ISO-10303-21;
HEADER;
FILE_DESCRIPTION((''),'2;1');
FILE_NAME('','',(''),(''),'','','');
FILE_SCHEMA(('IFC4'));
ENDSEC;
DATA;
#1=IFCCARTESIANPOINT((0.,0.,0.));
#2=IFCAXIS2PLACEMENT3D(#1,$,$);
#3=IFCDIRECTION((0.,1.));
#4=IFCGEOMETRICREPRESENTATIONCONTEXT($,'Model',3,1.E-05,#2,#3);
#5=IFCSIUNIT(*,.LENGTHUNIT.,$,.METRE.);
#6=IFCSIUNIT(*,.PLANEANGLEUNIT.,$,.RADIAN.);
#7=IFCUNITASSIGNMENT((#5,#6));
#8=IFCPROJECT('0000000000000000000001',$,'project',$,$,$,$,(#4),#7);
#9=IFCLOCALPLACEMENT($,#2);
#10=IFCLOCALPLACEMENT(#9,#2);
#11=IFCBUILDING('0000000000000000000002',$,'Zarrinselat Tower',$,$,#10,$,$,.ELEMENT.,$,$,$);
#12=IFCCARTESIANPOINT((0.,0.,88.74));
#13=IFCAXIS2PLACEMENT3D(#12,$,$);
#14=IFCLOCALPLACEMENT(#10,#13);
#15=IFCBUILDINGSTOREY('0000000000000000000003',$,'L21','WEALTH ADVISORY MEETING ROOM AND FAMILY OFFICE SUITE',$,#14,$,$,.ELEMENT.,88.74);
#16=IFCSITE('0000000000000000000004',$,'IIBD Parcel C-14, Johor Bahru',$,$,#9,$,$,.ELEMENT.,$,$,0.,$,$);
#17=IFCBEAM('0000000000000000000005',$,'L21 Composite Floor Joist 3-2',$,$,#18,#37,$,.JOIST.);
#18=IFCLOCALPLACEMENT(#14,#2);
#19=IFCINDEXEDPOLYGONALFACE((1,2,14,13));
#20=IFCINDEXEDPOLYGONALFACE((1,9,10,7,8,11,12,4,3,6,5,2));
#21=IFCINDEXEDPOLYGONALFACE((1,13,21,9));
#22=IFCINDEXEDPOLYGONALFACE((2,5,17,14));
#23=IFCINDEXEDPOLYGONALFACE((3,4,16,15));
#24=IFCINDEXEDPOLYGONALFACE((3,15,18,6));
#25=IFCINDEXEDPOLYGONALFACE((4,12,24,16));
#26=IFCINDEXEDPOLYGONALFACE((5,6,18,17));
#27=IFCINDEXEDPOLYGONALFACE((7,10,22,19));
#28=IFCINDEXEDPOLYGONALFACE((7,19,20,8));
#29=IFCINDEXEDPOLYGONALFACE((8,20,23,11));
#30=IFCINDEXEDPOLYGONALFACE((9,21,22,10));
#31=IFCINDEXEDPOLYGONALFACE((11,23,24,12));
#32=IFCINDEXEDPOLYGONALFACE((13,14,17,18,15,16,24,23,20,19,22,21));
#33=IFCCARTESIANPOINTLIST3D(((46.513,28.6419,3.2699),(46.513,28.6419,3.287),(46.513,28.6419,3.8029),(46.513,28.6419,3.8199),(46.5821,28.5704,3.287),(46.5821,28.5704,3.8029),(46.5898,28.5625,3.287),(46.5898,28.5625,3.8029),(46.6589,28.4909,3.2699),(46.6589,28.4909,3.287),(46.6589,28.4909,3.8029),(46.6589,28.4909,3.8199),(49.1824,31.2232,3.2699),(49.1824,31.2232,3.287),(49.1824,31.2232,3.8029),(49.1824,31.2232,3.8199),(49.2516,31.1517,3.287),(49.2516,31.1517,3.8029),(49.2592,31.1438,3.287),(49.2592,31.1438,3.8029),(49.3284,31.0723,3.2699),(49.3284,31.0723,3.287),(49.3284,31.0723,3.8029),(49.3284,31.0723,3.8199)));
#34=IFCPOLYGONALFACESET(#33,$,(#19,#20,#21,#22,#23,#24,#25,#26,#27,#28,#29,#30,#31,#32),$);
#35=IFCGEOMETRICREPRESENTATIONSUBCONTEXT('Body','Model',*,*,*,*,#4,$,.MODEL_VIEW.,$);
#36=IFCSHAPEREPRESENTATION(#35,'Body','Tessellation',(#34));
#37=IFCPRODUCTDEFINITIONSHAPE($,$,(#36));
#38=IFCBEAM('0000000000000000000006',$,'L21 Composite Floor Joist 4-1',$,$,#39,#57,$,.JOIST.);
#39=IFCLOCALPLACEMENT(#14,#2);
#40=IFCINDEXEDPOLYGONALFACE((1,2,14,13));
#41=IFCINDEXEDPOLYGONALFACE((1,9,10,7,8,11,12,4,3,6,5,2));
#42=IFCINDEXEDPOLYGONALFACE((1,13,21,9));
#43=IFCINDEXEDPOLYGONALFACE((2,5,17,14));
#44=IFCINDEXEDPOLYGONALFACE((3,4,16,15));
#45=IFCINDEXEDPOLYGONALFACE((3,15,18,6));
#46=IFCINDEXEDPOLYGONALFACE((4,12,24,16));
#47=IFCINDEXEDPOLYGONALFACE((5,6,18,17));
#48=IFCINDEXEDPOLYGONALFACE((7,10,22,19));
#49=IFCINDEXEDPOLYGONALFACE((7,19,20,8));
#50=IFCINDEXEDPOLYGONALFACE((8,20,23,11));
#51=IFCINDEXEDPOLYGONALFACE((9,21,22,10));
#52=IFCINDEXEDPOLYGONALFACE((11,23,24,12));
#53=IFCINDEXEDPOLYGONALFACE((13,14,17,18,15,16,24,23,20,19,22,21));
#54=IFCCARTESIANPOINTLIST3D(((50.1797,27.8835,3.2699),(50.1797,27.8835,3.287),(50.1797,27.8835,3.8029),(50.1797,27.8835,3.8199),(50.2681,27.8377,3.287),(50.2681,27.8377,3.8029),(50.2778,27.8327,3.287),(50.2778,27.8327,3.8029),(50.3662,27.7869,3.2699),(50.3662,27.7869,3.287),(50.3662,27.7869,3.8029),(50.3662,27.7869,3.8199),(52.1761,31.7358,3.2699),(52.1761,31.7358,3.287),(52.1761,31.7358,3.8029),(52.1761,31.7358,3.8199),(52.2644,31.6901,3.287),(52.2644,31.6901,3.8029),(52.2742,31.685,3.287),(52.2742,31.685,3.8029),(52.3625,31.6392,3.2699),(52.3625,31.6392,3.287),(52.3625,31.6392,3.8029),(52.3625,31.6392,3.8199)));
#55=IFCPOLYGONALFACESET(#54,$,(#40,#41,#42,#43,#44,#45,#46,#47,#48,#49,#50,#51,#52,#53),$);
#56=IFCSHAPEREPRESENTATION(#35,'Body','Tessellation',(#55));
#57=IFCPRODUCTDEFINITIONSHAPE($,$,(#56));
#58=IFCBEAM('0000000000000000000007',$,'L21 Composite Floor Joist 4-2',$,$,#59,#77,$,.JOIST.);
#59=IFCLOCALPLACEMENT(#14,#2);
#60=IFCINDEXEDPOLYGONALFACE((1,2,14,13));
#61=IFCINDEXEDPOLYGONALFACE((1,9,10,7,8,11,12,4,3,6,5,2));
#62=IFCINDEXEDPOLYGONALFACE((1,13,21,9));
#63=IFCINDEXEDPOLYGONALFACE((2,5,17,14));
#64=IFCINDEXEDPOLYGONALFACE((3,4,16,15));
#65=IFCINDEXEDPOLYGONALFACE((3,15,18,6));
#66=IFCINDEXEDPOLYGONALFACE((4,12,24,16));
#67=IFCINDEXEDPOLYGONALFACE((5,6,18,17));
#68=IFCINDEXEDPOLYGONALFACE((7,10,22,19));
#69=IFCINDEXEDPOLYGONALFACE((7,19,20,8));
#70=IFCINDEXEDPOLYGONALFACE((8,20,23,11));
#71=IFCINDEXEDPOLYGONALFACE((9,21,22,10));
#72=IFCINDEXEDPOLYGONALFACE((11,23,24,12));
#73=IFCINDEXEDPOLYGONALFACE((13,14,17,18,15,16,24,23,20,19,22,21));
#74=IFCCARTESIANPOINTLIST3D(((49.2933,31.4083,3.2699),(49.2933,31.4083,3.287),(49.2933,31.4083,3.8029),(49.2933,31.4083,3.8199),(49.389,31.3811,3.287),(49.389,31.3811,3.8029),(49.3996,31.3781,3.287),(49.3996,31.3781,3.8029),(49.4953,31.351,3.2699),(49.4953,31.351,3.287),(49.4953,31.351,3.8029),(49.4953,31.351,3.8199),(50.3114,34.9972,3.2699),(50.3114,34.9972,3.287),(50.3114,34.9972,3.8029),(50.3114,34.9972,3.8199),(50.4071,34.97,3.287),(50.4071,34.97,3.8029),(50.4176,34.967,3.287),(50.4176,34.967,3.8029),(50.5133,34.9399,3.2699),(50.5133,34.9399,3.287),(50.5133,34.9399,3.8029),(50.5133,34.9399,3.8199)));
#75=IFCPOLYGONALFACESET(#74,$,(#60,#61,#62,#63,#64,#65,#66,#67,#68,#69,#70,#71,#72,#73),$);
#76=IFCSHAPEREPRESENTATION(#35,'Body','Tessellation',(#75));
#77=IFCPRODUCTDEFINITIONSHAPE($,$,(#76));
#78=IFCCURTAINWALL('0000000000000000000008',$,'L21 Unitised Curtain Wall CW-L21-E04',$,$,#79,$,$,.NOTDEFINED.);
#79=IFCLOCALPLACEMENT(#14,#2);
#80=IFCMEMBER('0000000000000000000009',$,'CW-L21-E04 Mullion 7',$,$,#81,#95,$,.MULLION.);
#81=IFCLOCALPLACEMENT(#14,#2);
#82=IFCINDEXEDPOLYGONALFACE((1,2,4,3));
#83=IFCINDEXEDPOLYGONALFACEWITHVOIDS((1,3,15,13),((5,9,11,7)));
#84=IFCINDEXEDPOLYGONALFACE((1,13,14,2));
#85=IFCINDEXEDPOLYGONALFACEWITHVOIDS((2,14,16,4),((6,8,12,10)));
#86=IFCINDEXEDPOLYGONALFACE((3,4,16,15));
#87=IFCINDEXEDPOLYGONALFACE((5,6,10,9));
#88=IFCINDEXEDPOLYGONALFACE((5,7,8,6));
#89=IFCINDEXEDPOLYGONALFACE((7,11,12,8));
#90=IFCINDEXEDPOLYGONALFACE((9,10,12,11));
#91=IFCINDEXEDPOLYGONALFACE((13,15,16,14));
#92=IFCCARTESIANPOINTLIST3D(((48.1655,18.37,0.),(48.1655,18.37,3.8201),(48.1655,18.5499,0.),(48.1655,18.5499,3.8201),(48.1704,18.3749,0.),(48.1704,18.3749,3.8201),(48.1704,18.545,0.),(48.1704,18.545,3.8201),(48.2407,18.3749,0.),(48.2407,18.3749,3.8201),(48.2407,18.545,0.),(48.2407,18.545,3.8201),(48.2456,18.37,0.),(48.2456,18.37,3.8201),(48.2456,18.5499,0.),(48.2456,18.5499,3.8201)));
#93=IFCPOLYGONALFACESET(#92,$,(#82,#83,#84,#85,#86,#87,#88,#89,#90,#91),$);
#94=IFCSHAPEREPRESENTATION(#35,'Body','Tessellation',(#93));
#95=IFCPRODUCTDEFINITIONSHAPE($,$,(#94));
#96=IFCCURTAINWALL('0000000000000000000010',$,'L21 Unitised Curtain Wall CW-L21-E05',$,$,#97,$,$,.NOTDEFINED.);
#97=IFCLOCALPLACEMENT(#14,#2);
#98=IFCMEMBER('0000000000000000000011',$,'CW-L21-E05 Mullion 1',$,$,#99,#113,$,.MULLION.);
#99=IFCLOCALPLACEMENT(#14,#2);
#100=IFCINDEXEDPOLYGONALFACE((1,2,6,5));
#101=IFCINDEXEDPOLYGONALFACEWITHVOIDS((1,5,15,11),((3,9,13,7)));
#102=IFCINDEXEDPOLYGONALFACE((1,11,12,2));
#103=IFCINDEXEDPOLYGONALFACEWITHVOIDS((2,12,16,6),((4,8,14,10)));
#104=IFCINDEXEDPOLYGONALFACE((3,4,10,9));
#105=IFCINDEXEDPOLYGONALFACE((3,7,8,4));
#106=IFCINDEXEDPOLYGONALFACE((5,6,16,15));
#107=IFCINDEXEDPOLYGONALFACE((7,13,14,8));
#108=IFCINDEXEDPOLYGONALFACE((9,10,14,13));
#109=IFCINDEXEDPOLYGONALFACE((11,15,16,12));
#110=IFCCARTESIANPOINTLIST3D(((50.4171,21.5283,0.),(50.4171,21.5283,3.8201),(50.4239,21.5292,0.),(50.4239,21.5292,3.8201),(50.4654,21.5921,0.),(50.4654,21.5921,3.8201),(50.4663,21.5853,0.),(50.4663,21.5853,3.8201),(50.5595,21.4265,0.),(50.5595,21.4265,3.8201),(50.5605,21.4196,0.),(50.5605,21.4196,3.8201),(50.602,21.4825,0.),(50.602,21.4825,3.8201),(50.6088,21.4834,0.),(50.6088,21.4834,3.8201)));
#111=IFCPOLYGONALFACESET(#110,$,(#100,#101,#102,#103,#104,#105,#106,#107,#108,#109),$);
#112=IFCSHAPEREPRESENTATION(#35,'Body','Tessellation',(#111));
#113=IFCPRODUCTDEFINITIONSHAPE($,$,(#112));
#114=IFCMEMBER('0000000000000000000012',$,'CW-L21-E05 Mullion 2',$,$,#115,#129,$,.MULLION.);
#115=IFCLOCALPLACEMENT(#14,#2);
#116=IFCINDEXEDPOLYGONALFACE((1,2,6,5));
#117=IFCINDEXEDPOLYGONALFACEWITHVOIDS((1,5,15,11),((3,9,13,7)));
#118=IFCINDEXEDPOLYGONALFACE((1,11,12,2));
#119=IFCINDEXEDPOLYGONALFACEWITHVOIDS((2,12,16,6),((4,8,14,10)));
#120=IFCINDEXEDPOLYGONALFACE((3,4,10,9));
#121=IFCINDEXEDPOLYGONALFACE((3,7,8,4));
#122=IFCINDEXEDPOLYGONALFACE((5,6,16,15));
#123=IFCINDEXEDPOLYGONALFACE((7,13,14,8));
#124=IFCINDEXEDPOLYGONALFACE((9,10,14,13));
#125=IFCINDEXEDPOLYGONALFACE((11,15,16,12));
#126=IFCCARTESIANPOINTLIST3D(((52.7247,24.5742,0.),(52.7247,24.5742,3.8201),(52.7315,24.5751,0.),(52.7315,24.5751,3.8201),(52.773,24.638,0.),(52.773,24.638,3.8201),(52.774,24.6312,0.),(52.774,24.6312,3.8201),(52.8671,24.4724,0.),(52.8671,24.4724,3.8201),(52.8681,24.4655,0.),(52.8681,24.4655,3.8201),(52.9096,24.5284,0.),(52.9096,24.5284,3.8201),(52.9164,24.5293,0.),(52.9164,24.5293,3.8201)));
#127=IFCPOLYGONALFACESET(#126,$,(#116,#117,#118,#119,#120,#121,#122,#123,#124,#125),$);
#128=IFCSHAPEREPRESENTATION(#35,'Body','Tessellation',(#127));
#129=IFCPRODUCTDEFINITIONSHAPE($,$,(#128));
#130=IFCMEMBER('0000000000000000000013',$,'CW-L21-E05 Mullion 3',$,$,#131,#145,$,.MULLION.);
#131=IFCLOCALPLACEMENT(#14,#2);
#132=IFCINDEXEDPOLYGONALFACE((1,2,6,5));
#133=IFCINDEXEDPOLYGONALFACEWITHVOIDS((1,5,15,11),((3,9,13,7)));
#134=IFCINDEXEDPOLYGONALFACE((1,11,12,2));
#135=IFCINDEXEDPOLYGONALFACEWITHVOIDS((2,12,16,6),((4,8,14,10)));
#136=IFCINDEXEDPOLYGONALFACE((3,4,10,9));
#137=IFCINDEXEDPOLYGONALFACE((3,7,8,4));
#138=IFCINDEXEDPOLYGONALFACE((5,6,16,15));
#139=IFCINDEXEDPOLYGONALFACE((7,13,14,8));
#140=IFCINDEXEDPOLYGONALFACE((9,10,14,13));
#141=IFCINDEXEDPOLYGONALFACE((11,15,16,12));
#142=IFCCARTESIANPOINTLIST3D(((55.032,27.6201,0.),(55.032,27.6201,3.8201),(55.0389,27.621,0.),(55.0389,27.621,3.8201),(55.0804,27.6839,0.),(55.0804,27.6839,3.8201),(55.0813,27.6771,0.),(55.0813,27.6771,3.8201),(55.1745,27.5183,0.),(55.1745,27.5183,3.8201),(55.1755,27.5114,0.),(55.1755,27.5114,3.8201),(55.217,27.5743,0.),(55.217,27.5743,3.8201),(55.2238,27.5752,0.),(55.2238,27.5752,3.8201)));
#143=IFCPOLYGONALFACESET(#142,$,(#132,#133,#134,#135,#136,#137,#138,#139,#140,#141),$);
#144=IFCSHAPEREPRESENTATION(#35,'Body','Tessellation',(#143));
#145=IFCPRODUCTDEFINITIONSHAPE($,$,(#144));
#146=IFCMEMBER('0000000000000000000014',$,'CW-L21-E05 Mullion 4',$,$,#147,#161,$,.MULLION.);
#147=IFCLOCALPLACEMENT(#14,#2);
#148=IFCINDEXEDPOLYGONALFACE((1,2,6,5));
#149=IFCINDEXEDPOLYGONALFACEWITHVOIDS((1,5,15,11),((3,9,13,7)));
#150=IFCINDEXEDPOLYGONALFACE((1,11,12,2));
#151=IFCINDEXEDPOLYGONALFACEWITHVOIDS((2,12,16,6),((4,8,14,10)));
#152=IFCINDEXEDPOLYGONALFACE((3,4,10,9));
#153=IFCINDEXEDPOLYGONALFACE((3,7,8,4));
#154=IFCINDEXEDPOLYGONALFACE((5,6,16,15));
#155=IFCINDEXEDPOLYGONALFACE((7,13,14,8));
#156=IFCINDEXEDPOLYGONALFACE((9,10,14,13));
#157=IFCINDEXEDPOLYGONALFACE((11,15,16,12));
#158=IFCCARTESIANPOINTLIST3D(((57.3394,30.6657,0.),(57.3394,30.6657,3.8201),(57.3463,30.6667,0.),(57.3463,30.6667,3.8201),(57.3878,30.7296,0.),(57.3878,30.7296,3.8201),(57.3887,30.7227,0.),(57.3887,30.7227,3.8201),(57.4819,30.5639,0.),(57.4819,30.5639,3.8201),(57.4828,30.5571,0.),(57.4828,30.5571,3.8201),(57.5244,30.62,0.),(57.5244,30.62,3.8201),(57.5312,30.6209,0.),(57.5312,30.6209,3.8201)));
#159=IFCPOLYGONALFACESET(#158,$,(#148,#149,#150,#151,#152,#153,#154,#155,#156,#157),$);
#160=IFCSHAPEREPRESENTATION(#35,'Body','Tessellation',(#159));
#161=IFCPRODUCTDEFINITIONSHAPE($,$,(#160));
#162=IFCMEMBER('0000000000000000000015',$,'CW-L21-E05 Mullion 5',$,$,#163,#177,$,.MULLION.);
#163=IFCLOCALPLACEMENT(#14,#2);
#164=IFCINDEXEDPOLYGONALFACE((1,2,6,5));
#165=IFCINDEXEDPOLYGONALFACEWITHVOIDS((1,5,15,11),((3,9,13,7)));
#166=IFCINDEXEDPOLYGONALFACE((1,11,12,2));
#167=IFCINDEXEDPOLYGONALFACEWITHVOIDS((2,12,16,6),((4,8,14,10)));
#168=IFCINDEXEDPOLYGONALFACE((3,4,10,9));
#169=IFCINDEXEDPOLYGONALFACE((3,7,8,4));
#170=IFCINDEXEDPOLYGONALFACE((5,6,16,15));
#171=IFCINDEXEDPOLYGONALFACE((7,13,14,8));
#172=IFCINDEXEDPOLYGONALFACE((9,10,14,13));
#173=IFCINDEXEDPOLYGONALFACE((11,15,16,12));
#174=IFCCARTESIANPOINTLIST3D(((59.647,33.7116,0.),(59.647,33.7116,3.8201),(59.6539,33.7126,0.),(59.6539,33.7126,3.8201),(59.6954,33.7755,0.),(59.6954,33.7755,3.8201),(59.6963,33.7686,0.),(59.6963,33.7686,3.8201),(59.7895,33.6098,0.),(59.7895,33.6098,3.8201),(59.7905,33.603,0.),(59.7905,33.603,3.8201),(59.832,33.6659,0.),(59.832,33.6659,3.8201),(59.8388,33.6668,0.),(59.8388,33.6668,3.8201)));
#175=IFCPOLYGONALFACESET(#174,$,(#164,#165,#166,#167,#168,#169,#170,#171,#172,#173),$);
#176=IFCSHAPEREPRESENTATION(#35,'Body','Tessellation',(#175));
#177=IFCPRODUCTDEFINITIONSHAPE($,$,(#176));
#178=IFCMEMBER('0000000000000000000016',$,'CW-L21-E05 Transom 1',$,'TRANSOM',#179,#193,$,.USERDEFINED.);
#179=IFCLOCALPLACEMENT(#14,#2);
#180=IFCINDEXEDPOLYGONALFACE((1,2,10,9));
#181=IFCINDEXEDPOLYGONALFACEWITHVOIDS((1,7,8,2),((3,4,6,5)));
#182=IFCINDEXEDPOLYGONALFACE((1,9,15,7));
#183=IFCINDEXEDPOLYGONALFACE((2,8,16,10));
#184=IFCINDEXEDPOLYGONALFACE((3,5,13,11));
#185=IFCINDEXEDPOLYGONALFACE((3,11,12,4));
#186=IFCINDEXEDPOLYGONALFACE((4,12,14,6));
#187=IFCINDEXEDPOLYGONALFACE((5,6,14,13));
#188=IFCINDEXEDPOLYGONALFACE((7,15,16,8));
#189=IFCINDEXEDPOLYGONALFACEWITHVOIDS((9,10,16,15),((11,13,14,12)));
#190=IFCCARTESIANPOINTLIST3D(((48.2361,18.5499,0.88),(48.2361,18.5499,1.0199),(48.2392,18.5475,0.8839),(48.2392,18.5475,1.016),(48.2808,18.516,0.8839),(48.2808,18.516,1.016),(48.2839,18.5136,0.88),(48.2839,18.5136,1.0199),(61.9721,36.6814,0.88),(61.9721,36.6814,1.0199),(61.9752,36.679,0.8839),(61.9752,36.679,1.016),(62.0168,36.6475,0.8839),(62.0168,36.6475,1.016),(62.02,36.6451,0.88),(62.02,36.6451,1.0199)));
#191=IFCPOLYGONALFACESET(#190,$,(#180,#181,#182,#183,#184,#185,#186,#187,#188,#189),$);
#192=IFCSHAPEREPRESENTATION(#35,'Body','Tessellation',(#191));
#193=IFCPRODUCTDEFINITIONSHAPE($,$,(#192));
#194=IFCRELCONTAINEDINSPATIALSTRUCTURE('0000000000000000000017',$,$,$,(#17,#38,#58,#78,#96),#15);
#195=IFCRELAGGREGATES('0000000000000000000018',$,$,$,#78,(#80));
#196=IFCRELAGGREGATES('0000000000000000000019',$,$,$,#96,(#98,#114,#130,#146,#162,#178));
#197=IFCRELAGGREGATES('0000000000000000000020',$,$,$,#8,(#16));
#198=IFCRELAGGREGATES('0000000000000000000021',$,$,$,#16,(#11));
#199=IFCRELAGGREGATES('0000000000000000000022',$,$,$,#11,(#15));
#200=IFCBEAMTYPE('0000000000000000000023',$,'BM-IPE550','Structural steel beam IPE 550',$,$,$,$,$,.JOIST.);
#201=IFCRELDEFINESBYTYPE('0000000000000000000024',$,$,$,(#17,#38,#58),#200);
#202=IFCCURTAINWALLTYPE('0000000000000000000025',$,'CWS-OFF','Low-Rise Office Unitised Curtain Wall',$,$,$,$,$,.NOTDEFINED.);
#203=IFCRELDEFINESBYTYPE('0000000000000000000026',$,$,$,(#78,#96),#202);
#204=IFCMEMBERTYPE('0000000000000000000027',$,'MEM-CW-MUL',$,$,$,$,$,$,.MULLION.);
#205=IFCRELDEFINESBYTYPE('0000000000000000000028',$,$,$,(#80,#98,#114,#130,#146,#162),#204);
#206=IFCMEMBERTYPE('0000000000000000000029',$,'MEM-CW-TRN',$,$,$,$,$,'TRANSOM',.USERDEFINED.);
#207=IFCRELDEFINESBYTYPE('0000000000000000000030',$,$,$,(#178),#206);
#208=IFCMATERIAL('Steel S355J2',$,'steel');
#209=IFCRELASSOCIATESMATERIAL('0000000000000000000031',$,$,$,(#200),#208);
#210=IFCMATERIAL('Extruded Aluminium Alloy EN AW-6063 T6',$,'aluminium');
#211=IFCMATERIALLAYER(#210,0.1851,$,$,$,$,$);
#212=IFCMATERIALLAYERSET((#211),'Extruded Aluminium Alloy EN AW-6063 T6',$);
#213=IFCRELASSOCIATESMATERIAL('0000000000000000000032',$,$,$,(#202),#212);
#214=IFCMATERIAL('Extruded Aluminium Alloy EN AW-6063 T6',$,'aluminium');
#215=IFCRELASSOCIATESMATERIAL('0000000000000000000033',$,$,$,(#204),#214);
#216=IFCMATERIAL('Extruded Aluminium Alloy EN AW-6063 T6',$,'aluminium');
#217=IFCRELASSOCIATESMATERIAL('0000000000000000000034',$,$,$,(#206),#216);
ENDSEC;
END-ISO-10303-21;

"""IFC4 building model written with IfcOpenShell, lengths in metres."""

from ifc_helpers import new_model, si_unit, direction, frame, origin, origin_2d, place, context, subcontext, project, spatial, hollow_rectangle, i_section, extrude, material, layer, layer_set, material_profile, profile_set, type_object, element, aggregate, save


model = new_model("IFC4")

# Units and contexts
model_context = context("Model", 3, precision=1e-05, world=origin(), true_north=direction((0.0, 1.0)))
body_context = subcontext(model_context, "Body", "Model", "MODEL_VIEW")
ifc_project = project(units=[si_unit("LENGTHUNIT", "METRE"), si_unit("PLANEANGLEUNIT", "RADIAN")], contexts=[model_context])

# Site, building, storey
site_placement = place(None, origin())
site = spatial("IfcSite", under=ifc_project, at=site_placement, Name="IIBD Parcel C-14, Johor Bahru", CompositionType="ELEMENT", RefElevation=0.0)
building_placement = place(site_placement, origin())
building = spatial("IfcBuilding", under=site, at=building_placement, Name="Zarrinselat Tower", CompositionType="ELEMENT")
storey_placement = place(building_placement, frame((0.0, 0.0, 88.74)))
storey = spatial("IfcBuildingStorey", under=building, at=storey_placement, Name="L21", Description="WEALTH ADVISORY MEETING ROOM AND FAMILY OFFICE SUITE", CompositionType="ELEMENT", Elevation=88.74)

# Beams
ifc_material_1 = material(Name="Steel S355J2", Category="steel")
ifc_material_profile_1 = material_profile(ifc_material_1, i_section(OverallWidth=0.21, OverallDepth=0.55, WebThickness=0.011, FlangeThickness=0.0171, at=origin_2d()), Name="IPE 550")
ifc_profile_set_1 = profile_set([ifc_material_profile_1], Name="Steel S355J2")
beam_type_1 = type_object("IfcBeamType", Name="BM-IPE550", Description="Structural steel beam IPE 550", PredefinedType="JOIST", material=ifc_profile_set_1)
beam_1_placement = place(storey_placement, frame((46.5859, 28.5664, 3.5449), z_axis=(0.718874, 0.69514, 0.0), x_axis=(-0.69514, 0.718874, 0.0)))
element("IfcBeam", 1, at=beam_1_placement, inside=storey, type_object=beam_type_1, Name="L21 Composite Floor Joist 3-2", PredefinedType="JOIST", context=body_context, shape_type="SweptSolid", body=[
    extrude(i_section(OverallWidth=0.21, OverallDepth=0.55, WebThickness=0.011, FlangeThickness=0.0171, at=origin_2d()), origin(), (0.0, 0.0, 1.0), 3.7134),
])
beam_2_placement = place(storey_placement, frame((50.2729, 27.8352, 3.5449), z_axis=(0.460109, 0.887863, 0.0), x_axis=(-0.887863, 0.460109, 0.0)))
element("IfcBeam", 2, at=beam_2_placement, inside=storey, type_object=beam_type_1, Name="L21 Composite Floor Joist 4-1", PredefinedType="JOIST", context=body_context, shape_type="SweptSolid", body=[
    extrude(i_section(OverallWidth=0.21, OverallDepth=0.55, WebThickness=0.011, FlangeThickness=0.0171, at=origin_2d()), origin(), (0.0, 0.0, 1.0), 4.3389),
])
beam_3_placement = place(storey_placement, frame((49.3943, 31.3796, 3.5449), z_axis=(0.272905, 0.962041, 0.0), x_axis=(-0.962041, 0.272905, 0.0)))
element("IfcBeam", 3, at=beam_3_placement, inside=storey, type_object=beam_type_1, Name="L21 Composite Floor Joist 4-2", PredefinedType="JOIST", context=body_context, shape_type="SweptSolid", body=[
    extrude(i_section(OverallWidth=0.21, OverallDepth=0.55, WebThickness=0.011, FlangeThickness=0.0171, at=origin_2d()), origin(), (0.0, 0.0, 1.0), 3.7305),
])

# Curtain wall, member
ifc_material_2 = material(Name="Extruded Aluminium Alloy EN AW-6063 T6", Category="aluminium")
ifc_layer_1 = layer(ifc_material_2, 0.1851)
ifc_layer_set_1 = layer_set([ifc_layer_1], Name="Extruded Aluminium Alloy EN AW-6063 T6")
curtain_wall_type = type_object("IfcCurtainWallType", Name="CWS-OFF", Description="Low-Rise Office Unitised Curtain Wall", PredefinedType="NOTDEFINED", material=ifc_layer_set_1)
curtain_wall_1_placement = place(storey_placement, origin())
curtain_wall_1 = element("IfcCurtainWall", 4, at=curtain_wall_1_placement, inside=storey, type_object=curtain_wall_type, Name="L21 Unitised Curtain Wall CW-L21-E04", PredefinedType="NOTDEFINED")
ifc_material_3 = material(Name="Extruded Aluminium Alloy EN AW-6063 T6", Category="aluminium")
ifc_material_profile_2 = material_profile(ifc_material_3, hollow_rectangle(XDim=0.0801, YDim=0.1799, WallThickness=0.0049, at=origin_2d()), Name="RHS 180x80x5")
ifc_profile_set_2 = profile_set([ifc_material_profile_2], Name="Extruded Aluminium Alloy EN AW-6063 T6")
member_type_1 = type_object("IfcMemberType", Name="MEM-CW-MUL", PredefinedType="MULLION", material=ifc_profile_set_2)
member_1_placement = place(storey_placement, frame((48.2056, 18.46, 0.0), z_axis=(0.0, 0.0, 1.0), x_axis=(1.0, 0.0, 0.0)))
member_1 = element("IfcMember", 5, at=member_1_placement, type_object=member_type_1, Name="CW-L21-E04 Mullion 7", PredefinedType="MULLION", context=body_context, shape_type="SweptSolid", body=[
    extrude(hollow_rectangle(XDim=0.0801, YDim=0.1799, WallThickness=0.0049, at=origin_2d()), origin(), (0.0, 0.0, 1.0), 3.8201),
])

# Curtain wall, members
curtain_wall_2_placement = place(storey_placement, origin())
curtain_wall_2 = element("IfcCurtainWall", 6, at=curtain_wall_2_placement, inside=storey, type_object=curtain_wall_type, Name="L21 Unitised Curtain Wall CW-L21-E05", PredefinedType="NOTDEFINED")
member_2_placement = place(storey_placement, frame((50.5129, 21.5059, 0.0), z_axis=(0.0, 0.0, 1.0), x_axis=(0.603856, 0.797094, 0.0)))
member_2 = element("IfcMember", 7, at=member_2_placement, type_object=member_type_1, Name="CW-L21-E05 Mullion 1", PredefinedType="MULLION", context=body_context, shape_type="SweptSolid", body=[
    extrude(hollow_rectangle(XDim=0.0801, YDim=0.1799, WallThickness=0.0049, at=origin_2d()), origin(), (0.0, 0.0, 1.0), 3.8201),
])
member_3_placement = place(storey_placement, frame((52.8206, 24.5518, 0.0), z_axis=(0.0, 0.0, 1.0), x_axis=(0.603856, 0.797094, 0.0)))
member_3 = element("IfcMember", 8, at=member_3_placement, type_object=member_type_1, Name="CW-L21-E05 Mullion 2", PredefinedType="MULLION", context=body_context, shape_type="SweptSolid", body=[
    extrude(hollow_rectangle(XDim=0.0801, YDim=0.1799, WallThickness=0.0049, at=origin_2d()), origin(), (0.0, 0.0, 1.0), 3.8201),
])
member_4_placement = place(storey_placement, frame((55.1279, 27.5977, 0.0), z_axis=(0.0, 0.0, 1.0), x_axis=(0.603856, 0.797094, 0.0)))
member_4 = element("IfcMember", 9, at=member_4_placement, type_object=member_type_1, Name="CW-L21-E05 Mullion 3", PredefinedType="MULLION", context=body_context, shape_type="SweptSolid", body=[
    extrude(hollow_rectangle(XDim=0.0801, YDim=0.1799, WallThickness=0.0049, at=origin_2d()), origin(), (0.0, 0.0, 1.0), 3.8201),
])
member_5_placement = place(storey_placement, frame((57.4353, 30.6433, 0.0), z_axis=(0.0, 0.0, 1.0), x_axis=(0.603856, 0.797094, 0.0)))
member_5 = element("IfcMember", 10, at=member_5_placement, type_object=member_type_1, Name="CW-L21-E05 Mullion 4", PredefinedType="MULLION", context=body_context, shape_type="SweptSolid", body=[
    extrude(hollow_rectangle(XDim=0.0801, YDim=0.1799, WallThickness=0.0049, at=origin_2d()), origin(), (0.0, 0.0, 1.0), 3.8201),
])
member_6_placement = place(storey_placement, frame((59.7429, 33.6892, 0.0), z_axis=(0.0, 0.0, 1.0), x_axis=(0.603856, 0.797094, 0.0)))
member_6 = element("IfcMember", 11, at=member_6_placement, type_object=member_type_1, Name="CW-L21-E05 Mullion 5", PredefinedType="MULLION", context=body_context, shape_type="SweptSolid", body=[
    extrude(hollow_rectangle(XDim=0.0801, YDim=0.1799, WallThickness=0.0049, at=origin_2d()), origin(), (0.0, 0.0, 1.0), 3.8201),
])
ifc_material_4 = material(Name="Extruded Aluminium Alloy EN AW-6063 T6", Category="aluminium")
ifc_material_profile_3 = material_profile(ifc_material_4, hollow_rectangle(XDim=0.0601, YDim=0.1399, WallThickness=0.0039, at=origin_2d()), Name="RHS 140x60x4")
ifc_profile_set_3 = profile_set([ifc_material_profile_3], Name="Extruded Aluminium Alloy EN AW-6063 T6")
member_type_2 = type_object("IfcMemberType", Name="MEM-CW-TRN", ElementType="TRANSOM", PredefinedType="USERDEFINED", material=ifc_profile_set_3)
member_7_placement = place(storey_placement, frame((48.26, 18.5317, 0.95), z_axis=(0.603859, 0.797092, 0.0), x_axis=(-0.797092, 0.603859, 0.0)))
member_7 = element("IfcMember", 12, at=member_7_placement, type_object=member_type_2, Name="CW-L21-E05 Transom 1", ObjectType="TRANSOM", PredefinedType="USERDEFINED", context=body_context, shape_type="SweptSolid", body=[
    extrude(hollow_rectangle(XDim=0.0601, YDim=0.1399, WallThickness=0.0039, at=origin_2d()), origin(), (0.0, 0.0, 1.0), 22.7471),
])

aggregate(curtain_wall_1, [member_1])
aggregate(curtain_wall_2, [member_2, member_3, member_4, member_5, member_6, member_7])

save(model, "model.ifc")
